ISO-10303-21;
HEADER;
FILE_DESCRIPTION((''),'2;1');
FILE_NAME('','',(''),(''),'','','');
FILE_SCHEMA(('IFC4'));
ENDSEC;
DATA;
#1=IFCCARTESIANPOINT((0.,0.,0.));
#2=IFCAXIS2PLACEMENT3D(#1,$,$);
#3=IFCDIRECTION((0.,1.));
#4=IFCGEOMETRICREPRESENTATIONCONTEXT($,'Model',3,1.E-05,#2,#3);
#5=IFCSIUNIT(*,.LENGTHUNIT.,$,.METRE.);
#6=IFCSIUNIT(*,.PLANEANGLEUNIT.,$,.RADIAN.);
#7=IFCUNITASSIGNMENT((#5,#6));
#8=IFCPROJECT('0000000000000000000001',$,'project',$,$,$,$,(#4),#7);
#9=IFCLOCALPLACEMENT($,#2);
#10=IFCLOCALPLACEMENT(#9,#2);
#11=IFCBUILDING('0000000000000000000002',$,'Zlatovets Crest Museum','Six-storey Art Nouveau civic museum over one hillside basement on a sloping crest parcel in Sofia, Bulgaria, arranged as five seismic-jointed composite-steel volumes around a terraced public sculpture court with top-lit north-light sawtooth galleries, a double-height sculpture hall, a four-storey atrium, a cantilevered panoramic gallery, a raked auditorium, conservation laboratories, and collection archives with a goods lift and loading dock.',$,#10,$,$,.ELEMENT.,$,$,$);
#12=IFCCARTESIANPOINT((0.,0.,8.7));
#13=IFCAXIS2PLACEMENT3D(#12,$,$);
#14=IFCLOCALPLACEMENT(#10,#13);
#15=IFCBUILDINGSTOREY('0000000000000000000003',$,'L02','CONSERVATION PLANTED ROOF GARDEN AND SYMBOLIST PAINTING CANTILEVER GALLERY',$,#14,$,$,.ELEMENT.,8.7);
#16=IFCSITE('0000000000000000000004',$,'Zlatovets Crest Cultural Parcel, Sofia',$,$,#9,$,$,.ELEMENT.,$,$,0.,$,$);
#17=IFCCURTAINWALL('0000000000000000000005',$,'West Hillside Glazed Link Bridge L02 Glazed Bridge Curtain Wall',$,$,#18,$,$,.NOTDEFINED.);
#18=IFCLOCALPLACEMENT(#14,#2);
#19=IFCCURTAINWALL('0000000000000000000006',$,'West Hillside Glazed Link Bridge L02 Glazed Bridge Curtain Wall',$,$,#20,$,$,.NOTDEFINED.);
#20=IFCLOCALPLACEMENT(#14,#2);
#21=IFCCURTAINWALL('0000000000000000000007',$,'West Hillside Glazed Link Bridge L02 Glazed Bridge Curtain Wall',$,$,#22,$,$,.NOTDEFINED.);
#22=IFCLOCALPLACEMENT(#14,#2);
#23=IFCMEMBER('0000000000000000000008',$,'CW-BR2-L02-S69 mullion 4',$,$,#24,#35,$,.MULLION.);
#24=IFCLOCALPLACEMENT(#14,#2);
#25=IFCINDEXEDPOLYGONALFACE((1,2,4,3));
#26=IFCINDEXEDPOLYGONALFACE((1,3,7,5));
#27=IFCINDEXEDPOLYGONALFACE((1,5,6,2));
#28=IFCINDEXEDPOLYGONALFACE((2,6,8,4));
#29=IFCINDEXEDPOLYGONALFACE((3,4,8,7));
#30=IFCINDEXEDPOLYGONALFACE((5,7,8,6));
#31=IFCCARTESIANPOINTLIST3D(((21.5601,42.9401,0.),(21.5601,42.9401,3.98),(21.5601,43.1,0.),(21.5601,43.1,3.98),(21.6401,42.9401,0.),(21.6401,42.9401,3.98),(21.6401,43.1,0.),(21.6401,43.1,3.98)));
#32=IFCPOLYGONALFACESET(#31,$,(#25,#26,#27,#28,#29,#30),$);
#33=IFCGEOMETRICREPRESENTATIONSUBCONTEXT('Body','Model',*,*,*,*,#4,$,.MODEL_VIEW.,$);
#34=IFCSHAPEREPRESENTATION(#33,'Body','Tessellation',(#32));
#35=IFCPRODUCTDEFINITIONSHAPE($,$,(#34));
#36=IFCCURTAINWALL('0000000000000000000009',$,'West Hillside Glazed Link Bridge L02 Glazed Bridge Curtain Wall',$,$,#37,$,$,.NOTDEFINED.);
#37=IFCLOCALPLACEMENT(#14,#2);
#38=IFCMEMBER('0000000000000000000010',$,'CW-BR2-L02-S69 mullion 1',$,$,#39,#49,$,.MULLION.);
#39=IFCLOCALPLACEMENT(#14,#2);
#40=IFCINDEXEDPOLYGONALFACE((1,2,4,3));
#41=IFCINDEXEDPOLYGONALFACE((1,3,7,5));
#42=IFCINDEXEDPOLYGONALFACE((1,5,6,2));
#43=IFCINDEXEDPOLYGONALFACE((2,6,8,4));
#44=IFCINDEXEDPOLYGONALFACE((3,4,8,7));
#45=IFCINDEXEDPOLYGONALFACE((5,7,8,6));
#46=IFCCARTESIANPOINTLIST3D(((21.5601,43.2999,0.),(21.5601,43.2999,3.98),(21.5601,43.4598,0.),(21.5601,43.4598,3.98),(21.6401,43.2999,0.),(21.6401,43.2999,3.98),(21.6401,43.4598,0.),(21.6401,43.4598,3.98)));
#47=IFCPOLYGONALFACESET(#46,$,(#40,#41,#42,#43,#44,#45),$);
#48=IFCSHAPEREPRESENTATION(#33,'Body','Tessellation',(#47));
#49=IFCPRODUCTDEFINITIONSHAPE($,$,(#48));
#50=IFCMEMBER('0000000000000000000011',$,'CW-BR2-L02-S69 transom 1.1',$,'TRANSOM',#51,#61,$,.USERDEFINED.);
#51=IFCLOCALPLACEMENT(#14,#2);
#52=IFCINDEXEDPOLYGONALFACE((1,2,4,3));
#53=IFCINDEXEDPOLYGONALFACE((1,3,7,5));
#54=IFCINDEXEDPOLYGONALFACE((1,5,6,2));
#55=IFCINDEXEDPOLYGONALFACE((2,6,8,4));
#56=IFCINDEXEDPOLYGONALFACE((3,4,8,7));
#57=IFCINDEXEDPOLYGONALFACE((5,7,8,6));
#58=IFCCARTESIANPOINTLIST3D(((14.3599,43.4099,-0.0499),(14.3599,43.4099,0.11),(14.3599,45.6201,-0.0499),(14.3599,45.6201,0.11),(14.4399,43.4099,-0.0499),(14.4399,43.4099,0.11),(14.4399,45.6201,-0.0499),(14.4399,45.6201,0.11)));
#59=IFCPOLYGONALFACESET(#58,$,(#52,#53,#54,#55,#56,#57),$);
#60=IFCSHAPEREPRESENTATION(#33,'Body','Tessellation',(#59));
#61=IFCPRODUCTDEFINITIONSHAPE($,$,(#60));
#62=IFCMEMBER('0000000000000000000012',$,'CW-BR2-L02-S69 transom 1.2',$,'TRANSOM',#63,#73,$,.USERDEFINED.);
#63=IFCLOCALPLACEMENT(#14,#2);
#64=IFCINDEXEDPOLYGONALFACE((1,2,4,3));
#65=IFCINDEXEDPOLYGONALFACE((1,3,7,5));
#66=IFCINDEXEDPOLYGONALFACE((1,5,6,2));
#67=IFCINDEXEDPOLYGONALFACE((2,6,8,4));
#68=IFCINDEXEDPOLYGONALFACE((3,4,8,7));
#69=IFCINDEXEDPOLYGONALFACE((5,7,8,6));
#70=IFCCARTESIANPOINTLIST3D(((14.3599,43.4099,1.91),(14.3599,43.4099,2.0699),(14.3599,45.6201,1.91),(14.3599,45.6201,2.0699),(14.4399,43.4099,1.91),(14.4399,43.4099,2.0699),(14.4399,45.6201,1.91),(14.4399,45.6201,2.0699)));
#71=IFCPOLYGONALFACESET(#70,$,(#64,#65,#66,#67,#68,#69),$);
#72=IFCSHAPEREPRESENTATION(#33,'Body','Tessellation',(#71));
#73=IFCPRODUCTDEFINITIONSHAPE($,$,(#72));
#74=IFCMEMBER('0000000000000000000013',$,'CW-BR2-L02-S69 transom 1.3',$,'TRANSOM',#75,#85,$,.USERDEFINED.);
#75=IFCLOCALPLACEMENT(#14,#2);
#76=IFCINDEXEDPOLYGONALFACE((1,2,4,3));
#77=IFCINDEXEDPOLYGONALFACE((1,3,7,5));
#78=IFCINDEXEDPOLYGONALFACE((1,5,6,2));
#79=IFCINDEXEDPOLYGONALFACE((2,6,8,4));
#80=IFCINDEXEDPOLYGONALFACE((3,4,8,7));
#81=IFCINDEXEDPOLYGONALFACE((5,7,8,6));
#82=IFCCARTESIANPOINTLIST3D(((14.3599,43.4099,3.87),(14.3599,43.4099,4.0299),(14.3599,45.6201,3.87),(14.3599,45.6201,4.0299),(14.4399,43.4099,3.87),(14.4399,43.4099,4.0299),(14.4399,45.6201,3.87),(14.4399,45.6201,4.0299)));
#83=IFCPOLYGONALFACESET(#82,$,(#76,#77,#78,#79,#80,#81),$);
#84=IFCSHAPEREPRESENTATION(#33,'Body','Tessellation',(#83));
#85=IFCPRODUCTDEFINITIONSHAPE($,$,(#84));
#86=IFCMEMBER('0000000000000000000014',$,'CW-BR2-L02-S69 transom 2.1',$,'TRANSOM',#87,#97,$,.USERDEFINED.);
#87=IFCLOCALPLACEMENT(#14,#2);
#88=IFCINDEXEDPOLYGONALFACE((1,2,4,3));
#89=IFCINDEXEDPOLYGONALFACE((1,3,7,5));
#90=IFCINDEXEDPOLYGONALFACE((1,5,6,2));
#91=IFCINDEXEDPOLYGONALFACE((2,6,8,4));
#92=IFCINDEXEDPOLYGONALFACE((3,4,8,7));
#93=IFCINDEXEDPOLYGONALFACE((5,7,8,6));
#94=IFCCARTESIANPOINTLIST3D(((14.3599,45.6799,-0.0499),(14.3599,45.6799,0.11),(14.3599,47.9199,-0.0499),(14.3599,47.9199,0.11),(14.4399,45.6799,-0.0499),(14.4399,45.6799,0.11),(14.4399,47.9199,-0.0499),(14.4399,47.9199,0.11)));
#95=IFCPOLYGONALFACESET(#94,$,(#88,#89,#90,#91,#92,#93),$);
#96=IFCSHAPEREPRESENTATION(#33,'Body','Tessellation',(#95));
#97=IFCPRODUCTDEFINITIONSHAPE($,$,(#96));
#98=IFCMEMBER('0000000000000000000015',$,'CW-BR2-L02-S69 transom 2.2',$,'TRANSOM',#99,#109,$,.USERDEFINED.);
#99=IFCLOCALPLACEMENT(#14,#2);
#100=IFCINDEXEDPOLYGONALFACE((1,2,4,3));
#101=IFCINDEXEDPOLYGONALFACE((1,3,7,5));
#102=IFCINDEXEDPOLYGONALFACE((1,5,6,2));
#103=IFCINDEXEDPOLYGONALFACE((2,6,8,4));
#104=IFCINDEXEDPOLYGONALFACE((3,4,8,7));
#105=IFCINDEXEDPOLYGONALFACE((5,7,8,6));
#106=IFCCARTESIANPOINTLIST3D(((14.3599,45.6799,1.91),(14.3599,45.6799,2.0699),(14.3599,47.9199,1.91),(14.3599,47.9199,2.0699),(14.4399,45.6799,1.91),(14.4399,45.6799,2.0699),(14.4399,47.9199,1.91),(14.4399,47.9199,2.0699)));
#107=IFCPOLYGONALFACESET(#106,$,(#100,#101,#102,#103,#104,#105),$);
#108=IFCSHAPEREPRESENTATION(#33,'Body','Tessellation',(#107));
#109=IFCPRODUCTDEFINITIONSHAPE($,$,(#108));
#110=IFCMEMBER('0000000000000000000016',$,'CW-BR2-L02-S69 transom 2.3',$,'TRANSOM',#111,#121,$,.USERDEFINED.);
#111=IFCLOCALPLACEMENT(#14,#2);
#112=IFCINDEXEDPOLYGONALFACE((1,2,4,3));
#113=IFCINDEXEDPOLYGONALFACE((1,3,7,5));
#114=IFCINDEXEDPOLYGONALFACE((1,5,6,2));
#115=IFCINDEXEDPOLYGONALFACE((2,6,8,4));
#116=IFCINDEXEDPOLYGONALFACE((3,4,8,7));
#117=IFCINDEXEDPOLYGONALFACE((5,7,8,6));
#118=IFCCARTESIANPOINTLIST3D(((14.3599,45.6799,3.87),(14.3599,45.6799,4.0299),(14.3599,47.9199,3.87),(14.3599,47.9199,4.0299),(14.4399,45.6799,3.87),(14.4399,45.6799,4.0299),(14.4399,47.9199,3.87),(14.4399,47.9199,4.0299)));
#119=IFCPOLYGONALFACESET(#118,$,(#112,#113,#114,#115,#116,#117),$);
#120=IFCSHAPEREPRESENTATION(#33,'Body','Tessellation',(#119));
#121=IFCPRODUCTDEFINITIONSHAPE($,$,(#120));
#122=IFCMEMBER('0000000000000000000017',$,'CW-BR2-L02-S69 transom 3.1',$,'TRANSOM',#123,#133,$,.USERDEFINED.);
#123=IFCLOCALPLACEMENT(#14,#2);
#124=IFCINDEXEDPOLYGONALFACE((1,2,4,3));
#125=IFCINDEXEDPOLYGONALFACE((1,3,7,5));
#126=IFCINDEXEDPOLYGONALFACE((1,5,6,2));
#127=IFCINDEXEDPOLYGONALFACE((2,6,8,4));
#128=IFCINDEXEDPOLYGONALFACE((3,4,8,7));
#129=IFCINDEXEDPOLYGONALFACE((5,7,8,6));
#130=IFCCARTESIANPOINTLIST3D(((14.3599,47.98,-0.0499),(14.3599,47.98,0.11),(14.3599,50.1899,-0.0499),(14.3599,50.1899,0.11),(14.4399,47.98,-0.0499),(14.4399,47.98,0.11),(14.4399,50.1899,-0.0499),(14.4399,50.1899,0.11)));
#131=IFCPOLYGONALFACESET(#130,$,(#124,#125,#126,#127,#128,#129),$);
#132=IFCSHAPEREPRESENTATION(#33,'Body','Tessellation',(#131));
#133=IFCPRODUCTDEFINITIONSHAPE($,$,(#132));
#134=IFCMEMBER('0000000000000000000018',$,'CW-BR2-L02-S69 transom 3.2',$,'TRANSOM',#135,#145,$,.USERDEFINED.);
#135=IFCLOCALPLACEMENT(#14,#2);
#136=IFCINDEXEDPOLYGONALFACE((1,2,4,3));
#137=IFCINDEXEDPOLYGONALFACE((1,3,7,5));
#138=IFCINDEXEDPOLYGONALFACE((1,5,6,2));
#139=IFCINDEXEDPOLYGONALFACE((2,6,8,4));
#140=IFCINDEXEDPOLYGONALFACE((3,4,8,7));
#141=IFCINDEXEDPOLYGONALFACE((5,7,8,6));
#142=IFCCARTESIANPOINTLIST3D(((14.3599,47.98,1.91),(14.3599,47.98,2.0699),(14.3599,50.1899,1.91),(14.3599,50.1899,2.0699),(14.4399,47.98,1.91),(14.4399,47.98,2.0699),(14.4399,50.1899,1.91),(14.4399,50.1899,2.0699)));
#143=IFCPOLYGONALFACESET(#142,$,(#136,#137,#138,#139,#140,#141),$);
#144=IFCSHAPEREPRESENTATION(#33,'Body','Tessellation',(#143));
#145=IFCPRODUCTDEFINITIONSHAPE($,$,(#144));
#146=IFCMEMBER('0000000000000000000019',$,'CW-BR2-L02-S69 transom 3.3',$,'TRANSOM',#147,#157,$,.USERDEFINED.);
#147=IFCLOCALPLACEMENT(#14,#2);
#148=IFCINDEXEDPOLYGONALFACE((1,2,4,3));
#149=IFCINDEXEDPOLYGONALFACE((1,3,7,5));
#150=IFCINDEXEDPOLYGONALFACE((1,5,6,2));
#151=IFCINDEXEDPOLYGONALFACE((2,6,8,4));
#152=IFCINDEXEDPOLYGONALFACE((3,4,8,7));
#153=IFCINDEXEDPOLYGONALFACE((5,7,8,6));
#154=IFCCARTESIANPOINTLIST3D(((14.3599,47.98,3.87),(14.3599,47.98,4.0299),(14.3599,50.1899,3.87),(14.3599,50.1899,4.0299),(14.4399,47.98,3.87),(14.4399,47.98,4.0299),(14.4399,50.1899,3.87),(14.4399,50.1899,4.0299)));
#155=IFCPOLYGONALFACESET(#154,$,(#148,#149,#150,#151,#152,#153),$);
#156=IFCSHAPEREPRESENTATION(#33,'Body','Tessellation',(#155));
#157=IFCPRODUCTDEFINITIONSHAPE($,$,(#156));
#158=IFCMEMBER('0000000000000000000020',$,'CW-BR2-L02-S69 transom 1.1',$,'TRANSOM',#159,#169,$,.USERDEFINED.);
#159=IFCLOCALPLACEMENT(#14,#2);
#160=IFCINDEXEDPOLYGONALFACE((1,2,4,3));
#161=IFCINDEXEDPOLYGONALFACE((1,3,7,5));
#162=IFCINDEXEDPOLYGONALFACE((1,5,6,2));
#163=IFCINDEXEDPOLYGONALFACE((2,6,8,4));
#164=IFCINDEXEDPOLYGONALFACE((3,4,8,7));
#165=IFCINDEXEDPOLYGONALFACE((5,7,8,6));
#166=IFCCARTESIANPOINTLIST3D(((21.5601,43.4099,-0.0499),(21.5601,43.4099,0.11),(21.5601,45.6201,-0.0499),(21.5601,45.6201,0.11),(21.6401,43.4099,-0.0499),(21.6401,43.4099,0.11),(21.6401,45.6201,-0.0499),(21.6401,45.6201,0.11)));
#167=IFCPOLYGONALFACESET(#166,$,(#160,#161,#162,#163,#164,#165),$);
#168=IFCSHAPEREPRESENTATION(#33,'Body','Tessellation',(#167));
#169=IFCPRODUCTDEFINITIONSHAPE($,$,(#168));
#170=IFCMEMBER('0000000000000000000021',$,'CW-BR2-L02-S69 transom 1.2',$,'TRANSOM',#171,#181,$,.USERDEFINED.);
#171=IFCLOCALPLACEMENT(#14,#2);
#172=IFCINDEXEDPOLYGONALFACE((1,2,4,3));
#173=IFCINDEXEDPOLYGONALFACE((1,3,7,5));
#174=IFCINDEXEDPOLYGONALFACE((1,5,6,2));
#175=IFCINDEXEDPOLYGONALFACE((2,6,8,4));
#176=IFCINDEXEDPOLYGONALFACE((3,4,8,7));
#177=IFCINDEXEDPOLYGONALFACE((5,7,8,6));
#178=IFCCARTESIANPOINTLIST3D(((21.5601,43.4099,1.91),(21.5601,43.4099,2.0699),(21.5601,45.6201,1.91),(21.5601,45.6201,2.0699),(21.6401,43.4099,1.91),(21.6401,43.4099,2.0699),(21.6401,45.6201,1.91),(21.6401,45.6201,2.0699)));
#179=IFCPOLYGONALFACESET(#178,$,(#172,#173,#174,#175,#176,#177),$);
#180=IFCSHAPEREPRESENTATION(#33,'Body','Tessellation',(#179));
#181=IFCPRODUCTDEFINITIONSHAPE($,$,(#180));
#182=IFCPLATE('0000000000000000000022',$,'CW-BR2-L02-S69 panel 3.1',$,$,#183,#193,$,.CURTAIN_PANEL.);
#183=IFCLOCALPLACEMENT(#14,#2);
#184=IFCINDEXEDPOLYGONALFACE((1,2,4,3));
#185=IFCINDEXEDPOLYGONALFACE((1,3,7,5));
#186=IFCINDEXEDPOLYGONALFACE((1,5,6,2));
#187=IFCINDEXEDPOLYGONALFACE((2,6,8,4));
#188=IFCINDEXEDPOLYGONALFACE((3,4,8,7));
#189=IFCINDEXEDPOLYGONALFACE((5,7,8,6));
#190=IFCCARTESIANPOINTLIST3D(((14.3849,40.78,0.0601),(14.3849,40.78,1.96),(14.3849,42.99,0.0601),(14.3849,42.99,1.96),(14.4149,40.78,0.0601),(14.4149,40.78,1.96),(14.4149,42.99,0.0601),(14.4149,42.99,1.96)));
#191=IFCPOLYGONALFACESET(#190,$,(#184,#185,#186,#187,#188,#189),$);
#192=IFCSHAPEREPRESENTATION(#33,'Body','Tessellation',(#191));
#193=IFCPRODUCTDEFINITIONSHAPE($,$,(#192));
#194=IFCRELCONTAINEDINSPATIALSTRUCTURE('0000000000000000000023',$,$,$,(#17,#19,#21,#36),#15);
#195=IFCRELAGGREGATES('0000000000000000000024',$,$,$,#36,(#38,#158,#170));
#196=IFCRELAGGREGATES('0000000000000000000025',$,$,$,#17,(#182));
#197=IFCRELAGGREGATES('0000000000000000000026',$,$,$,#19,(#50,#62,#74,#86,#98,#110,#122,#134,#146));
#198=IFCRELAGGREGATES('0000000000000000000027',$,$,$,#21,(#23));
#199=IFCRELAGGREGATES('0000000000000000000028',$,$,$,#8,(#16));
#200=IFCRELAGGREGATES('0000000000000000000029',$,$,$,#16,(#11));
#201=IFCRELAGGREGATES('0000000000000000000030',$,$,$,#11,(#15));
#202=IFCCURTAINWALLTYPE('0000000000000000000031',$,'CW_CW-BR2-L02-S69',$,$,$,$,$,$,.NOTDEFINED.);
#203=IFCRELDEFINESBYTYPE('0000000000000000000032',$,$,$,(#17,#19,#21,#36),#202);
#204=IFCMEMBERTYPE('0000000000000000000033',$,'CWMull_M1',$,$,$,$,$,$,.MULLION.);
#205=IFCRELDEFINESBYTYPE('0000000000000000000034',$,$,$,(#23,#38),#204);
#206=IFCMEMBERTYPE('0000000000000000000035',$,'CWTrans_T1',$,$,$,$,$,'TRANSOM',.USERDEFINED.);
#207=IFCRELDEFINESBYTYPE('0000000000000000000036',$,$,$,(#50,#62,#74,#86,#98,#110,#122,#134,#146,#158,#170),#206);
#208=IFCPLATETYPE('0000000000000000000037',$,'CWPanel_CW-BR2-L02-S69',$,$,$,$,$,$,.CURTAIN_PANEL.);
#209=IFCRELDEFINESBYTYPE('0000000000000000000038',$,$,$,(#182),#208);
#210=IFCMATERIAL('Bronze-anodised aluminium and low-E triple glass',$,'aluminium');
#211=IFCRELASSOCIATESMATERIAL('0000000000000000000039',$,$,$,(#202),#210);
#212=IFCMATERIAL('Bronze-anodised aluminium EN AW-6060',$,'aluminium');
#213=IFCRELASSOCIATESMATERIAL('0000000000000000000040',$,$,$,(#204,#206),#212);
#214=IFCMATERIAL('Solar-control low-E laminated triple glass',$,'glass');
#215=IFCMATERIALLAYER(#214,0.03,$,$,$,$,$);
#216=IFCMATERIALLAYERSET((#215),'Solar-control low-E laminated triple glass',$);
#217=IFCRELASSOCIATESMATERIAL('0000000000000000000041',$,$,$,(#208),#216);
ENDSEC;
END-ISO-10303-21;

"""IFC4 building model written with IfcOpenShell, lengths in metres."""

from ifc_helpers import new_model, si_unit, direction, frame, origin, origin_2d, place, context, subcontext, project, spatial, rectangle, extrude, material, layer, layer_set, material_profile, profile_set, type_object, element, aggregate, save


model = new_model("IFC4")

# Units and contexts
model_context = context("Model", 3, precision=1e-05, world=origin(), true_north=direction((0.0, 1.0)))
body_context = subcontext(model_context, "Body", "Model", "MODEL_VIEW")
ifc_project = project(units=[si_unit("LENGTHUNIT", "METRE"), si_unit("PLANEANGLEUNIT", "RADIAN")], contexts=[model_context])

# Site, building, storey
site_placement = place(None, origin())
site = spatial("IfcSite", under=ifc_project, at=site_placement, Name="Zlatovets Crest Cultural Parcel, Sofia", CompositionType="ELEMENT", RefElevation=0.0)
building_placement = place(site_placement, origin())
building = spatial("IfcBuilding", under=site, at=building_placement, Name="Zlatovets Crest Museum", Description="Six-storey Art Nouveau civic museum over one hillside basement on a sloping crest parcel in Sofia, Bulgaria, arranged as five seismic-jointed composite-steel volumes around a terraced public sculpture court with top-lit north-light sawtooth galleries, a double-height sculpture hall, a four-storey atrium, a cantilevered panoramic gallery, a raked auditorium, conservation laboratories, and collection archives with a goods lift and loading dock.", CompositionType="ELEMENT")
storey_placement = place(building_placement, frame((0.0, 0.0, 8.7)))
storey = spatial("IfcBuildingStorey", under=building, at=storey_placement, Name="L02", Description="CONSERVATION PLANTED ROOF GARDEN AND SYMBOLIST PAINTING CANTILEVER GALLERY", CompositionType="ELEMENT", Elevation=8.7)

# Curtain wall
ifc_material_1 = material(Name="Bronze-anodised aluminium and low-E triple glass", Category="aluminium")
curtain_wall_type = type_object("IfcCurtainWallType", Name="CW_CW-BR2-L02-S69", PredefinedType="NOTDEFINED", material=ifc_material_1)
curtain_wall_1_placement = place(storey_placement, origin())
curtain_wall_1 = element("IfcCurtainWall", 1, at=curtain_wall_1_placement, inside=storey, type_object=curtain_wall_type, Name="West Hillside Glazed Link Bridge L02 Glazed Bridge Curtain Wall", PredefinedType="NOTDEFINED")
ifc_material_2 = material(Name="Bronze-anodised aluminium EN AW-6060", Category="aluminium")
ifc_material_profile_1 = material_profile(ifc_material_2, rectangle(XDim=0.0801, YDim=0.1599, at=origin_2d()), Name="ALU 80x160")
ifc_profile_set_1 = profile_set([ifc_material_profile_1], Name="Bronze-anodised aluminium EN AW-6060")
member_type_1 = type_object("IfcMemberType", Name="CWMull_M1", PredefinedType="MULLION", material=ifc_profile_set_1)

# Curtain wall
curtain_wall_2_placement = place(storey_placement, origin())
curtain_wall_2 = element("IfcCurtainWall", 2, at=curtain_wall_2_placement, inside=storey, type_object=curtain_wall_type, Name="West Hillside Glazed Link Bridge L02 Glazed Bridge Curtain Wall", PredefinedType="NOTDEFINED")

# Curtain walls, members
curtain_wall_3_placement = place(storey_placement, origin())
curtain_wall_3 = element("IfcCurtainWall", 3, at=curtain_wall_3_placement, inside=storey, type_object=curtain_wall_type, Name="West Hillside Glazed Link Bridge L02 Glazed Bridge Curtain Wall", PredefinedType="NOTDEFINED")
member_1_placement = place(storey_placement, frame((21.6001, 43.02, 0.0), z_axis=(0.0, 0.0, 1.0), x_axis=(-1.0, 0.0, 0.0)))
member_1 = element("IfcMember", 4, at=member_1_placement, type_object=member_type_1, Name="CW-BR2-L02-S69 mullion 4", PredefinedType="MULLION", context=body_context, shape_type="SweptSolid", body=[
    extrude(rectangle(XDim=0.0801, YDim=0.1599, at=origin_2d()), origin(), (0.0, 0.0, 1.0), 3.98),
])
curtain_wall_4_placement = place(storey_placement, origin())
curtain_wall_4 = element("IfcCurtainWall", 5, at=curtain_wall_4_placement, inside=storey, type_object=curtain_wall_type, Name="West Hillside Glazed Link Bridge L02 Glazed Bridge Curtain Wall", PredefinedType="NOTDEFINED")
member_2_placement = place(storey_placement, frame((21.6001, 43.3799, 0.0), z_axis=(0.0, 0.0, 1.0), x_axis=(-1.0, 0.0, 0.0)))
member_2 = element("IfcMember", 6, at=member_2_placement, type_object=member_type_1, Name="CW-BR2-L02-S69 mullion 1", PredefinedType="MULLION", context=body_context, shape_type="SweptSolid", body=[
    extrude(rectangle(XDim=0.0801, YDim=0.1599, at=origin_2d()), origin(), (0.0, 0.0, 1.0), 3.98),
])

# Members
ifc_material_profile_2 = material_profile(ifc_material_2, rectangle(XDim=0.0801, YDim=0.1599, at=origin_2d()), Name="ALU 80x160")
ifc_profile_set_2 = profile_set([ifc_material_profile_2], Name="Bronze-anodised aluminium EN AW-6060")
member_type_2 = type_object("IfcMemberType", Name="CWTrans_T1", ElementType="TRANSOM", PredefinedType="USERDEFINED", material=ifc_profile_set_2)
member_3_placement = place(storey_placement, frame((14.3999, 43.4099, 0.03), z_axis=(0.0, 1.0, 0.0), x_axis=(-1.0, 0.0, 0.0)))
member_3 = element("IfcMember", 7, at=member_3_placement, type_object=member_type_2, Name="CW-BR2-L02-S69 transom 1.1", ObjectType="TRANSOM", PredefinedType="USERDEFINED", context=body_context, shape_type="SweptSolid", body=[
    extrude(rectangle(XDim=0.0801, YDim=0.1599, at=origin_2d()), origin(), (0.0, 0.0, 1.0), 2.2102),
])
member_4_placement = place(storey_placement, frame((14.3999, 43.4099, 1.99), z_axis=(0.0, 1.0, 0.0), x_axis=(-1.0, 0.0, 0.0)))
member_4 = element("IfcMember", 8, at=member_4_placement, type_object=member_type_2, Name="CW-BR2-L02-S69 transom 1.2", ObjectType="TRANSOM", PredefinedType="USERDEFINED", context=body_context, shape_type="SweptSolid", body=[
    extrude(rectangle(XDim=0.0801, YDim=0.1599, at=origin_2d()), origin(), (0.0, 0.0, 1.0), 2.2102),
])
member_5_placement = place(storey_placement, frame((14.3999, 43.4099, 3.95), z_axis=(0.0, 1.0, 0.0), x_axis=(-1.0, 0.0, 0.0)))
member_5 = element("IfcMember", 9, at=member_5_placement, type_object=member_type_2, Name="CW-BR2-L02-S69 transom 1.3", ObjectType="TRANSOM", PredefinedType="USERDEFINED", context=body_context, shape_type="SweptSolid", body=[
    extrude(rectangle(XDim=0.0801, YDim=0.1599, at=origin_2d()), origin(), (0.0, 0.0, 1.0), 2.2102),
])
member_6_placement = place(storey_placement, frame((14.3999, 45.6799, 0.03), z_axis=(0.0, 1.0, 0.0), x_axis=(-1.0, 0.0, 0.0)))
member_6 = element("IfcMember", 10, at=member_6_placement, type_object=member_type_2, Name="CW-BR2-L02-S69 transom 2.1", ObjectType="TRANSOM", PredefinedType="USERDEFINED", context=body_context, shape_type="SweptSolid", body=[
    extrude(rectangle(XDim=0.0801, YDim=0.1599, at=origin_2d()), origin(), (0.0, 0.0, 1.0), 2.24),
])
member_7_placement = place(storey_placement, frame((14.3999, 45.6799, 1.99), z_axis=(0.0, 1.0, 0.0), x_axis=(-1.0, 0.0, 0.0)))
member_7 = element("IfcMember", 11, at=member_7_placement, type_object=member_type_2, Name="CW-BR2-L02-S69 transom 2.2", ObjectType="TRANSOM", PredefinedType="USERDEFINED", context=body_context, shape_type="SweptSolid", body=[
    extrude(rectangle(XDim=0.0801, YDim=0.1599, at=origin_2d()), origin(), (0.0, 0.0, 1.0), 2.24),
])
member_8_placement = place(storey_placement, frame((14.3999, 45.6799, 3.95), z_axis=(0.0, 1.0, 0.0), x_axis=(-1.0, 0.0, 0.0)))
member_8 = element("IfcMember", 12, at=member_8_placement, type_object=member_type_2, Name="CW-BR2-L02-S69 transom 2.3", ObjectType="TRANSOM", PredefinedType="USERDEFINED", context=body_context, shape_type="SweptSolid", body=[
    extrude(rectangle(XDim=0.0801, YDim=0.1599, at=origin_2d()), origin(), (0.0, 0.0, 1.0), 2.24),
])
member_9_placement = place(storey_placement, frame((14.3999, 47.98, 0.03), z_axis=(0.0, 1.0, 0.0), x_axis=(-1.0, 0.0, 0.0)))
member_9 = element("IfcMember", 13, at=member_9_placement, type_object=member_type_2, Name="CW-BR2-L02-S69 transom 3.1", ObjectType="TRANSOM", PredefinedType="USERDEFINED", context=body_context, shape_type="SweptSolid", body=[
    extrude(rectangle(XDim=0.0801, YDim=0.1599, at=origin_2d()), origin(), (0.0, 0.0, 1.0), 2.21),
])
member_10_placement = place(storey_placement, frame((14.3999, 47.98, 1.99), z_axis=(0.0, 1.0, 0.0), x_axis=(-1.0, 0.0, 0.0)))
member_10 = element("IfcMember", 14, at=member_10_placement, type_object=member_type_2, Name="CW-BR2-L02-S69 transom 3.2", ObjectType="TRANSOM", PredefinedType="USERDEFINED", context=body_context, shape_type="SweptSolid", body=[
    extrude(rectangle(XDim=0.0801, YDim=0.1599, at=origin_2d()), origin(), (0.0, 0.0, 1.0), 2.21),
])
member_11_placement = place(storey_placement, frame((14.3999, 47.98, 3.95), z_axis=(0.0, 1.0, 0.0), x_axis=(-1.0, 0.0, 0.0)))
member_11 = element("IfcMember", 15, at=member_11_placement, type_object=member_type_2, Name="CW-BR2-L02-S69 transom 3.3", ObjectType="TRANSOM", PredefinedType="USERDEFINED", context=body_context, shape_type="SweptSolid", body=[
    extrude(rectangle(XDim=0.0801, YDim=0.1599, at=origin_2d()), origin(), (0.0, 0.0, 1.0), 2.21),
])
member_12_placement = place(storey_placement, frame((21.6001, 43.4099, 0.03), z_axis=(0.0, 1.0, 0.0), x_axis=(-1.0, 0.0, 0.0)))
member_12 = element("IfcMember", 16, at=member_12_placement, type_object=member_type_2, Name="CW-BR2-L02-S69 transom 1.1", ObjectType="TRANSOM", PredefinedType="USERDEFINED", context=body_context, shape_type="SweptSolid", body=[
    extrude(rectangle(XDim=0.0801, YDim=0.1599, at=origin_2d()), origin(), (0.0, 0.0, 1.0), 2.2102),
])
member_13_placement = place(storey_placement, frame((21.6001, 43.4099, 1.99), z_axis=(0.0, 1.0, 0.0), x_axis=(-1.0, 0.0, 0.0)))
member_13 = element("IfcMember", 17, at=member_13_placement, type_object=member_type_2, Name="CW-BR2-L02-S69 transom 1.2", ObjectType="TRANSOM", PredefinedType="USERDEFINED", context=body_context, shape_type="SweptSolid", body=[
    extrude(rectangle(XDim=0.0801, YDim=0.1599, at=origin_2d()), origin(), (0.0, 0.0, 1.0), 2.2102),
])
aggregate(curtain_wall_4, [member_2, member_12, member_13])

# Plate
ifc_material_3 = material(Name="Solar-control low-E laminated triple glass", Category="glass")
ifc_layer = layer(ifc_material_3, 0.03)
ifc_layer_set = layer_set([ifc_layer], Name="Solar-control low-E laminated triple glass")
plate_type = type_object("IfcPlateType", Name="CWPanel_CW-BR2-L02-S69", PredefinedType="CURTAIN_PANEL", material=ifc_layer_set)
plate_1_placement = place(storey_placement, frame((14.3999, 41.885, 0.0601), z_axis=(0.0, 0.0, 1.0), x_axis=(0.0, 1.0, 0.0)))
plate_1 = element("IfcPlate", 18, at=plate_1_placement, type_object=plate_type, Name="CW-BR2-L02-S69 panel 3.1", PredefinedType="CURTAIN_PANEL", context=body_context, shape_type="SweptSolid", body=[
    extrude(rectangle(XDim=2.21, YDim=0.03, at=origin_2d()), origin(), (0.0, 0.0, 1.0), 1.8999),
])
aggregate(curtain_wall_1, [plate_1])
aggregate(curtain_wall_2, [member_3, member_4, member_5, member_6, member_7, member_8, member_9, member_10, member_11])
aggregate(curtain_wall_3, [member_1])

save(model, "model.ifc")
